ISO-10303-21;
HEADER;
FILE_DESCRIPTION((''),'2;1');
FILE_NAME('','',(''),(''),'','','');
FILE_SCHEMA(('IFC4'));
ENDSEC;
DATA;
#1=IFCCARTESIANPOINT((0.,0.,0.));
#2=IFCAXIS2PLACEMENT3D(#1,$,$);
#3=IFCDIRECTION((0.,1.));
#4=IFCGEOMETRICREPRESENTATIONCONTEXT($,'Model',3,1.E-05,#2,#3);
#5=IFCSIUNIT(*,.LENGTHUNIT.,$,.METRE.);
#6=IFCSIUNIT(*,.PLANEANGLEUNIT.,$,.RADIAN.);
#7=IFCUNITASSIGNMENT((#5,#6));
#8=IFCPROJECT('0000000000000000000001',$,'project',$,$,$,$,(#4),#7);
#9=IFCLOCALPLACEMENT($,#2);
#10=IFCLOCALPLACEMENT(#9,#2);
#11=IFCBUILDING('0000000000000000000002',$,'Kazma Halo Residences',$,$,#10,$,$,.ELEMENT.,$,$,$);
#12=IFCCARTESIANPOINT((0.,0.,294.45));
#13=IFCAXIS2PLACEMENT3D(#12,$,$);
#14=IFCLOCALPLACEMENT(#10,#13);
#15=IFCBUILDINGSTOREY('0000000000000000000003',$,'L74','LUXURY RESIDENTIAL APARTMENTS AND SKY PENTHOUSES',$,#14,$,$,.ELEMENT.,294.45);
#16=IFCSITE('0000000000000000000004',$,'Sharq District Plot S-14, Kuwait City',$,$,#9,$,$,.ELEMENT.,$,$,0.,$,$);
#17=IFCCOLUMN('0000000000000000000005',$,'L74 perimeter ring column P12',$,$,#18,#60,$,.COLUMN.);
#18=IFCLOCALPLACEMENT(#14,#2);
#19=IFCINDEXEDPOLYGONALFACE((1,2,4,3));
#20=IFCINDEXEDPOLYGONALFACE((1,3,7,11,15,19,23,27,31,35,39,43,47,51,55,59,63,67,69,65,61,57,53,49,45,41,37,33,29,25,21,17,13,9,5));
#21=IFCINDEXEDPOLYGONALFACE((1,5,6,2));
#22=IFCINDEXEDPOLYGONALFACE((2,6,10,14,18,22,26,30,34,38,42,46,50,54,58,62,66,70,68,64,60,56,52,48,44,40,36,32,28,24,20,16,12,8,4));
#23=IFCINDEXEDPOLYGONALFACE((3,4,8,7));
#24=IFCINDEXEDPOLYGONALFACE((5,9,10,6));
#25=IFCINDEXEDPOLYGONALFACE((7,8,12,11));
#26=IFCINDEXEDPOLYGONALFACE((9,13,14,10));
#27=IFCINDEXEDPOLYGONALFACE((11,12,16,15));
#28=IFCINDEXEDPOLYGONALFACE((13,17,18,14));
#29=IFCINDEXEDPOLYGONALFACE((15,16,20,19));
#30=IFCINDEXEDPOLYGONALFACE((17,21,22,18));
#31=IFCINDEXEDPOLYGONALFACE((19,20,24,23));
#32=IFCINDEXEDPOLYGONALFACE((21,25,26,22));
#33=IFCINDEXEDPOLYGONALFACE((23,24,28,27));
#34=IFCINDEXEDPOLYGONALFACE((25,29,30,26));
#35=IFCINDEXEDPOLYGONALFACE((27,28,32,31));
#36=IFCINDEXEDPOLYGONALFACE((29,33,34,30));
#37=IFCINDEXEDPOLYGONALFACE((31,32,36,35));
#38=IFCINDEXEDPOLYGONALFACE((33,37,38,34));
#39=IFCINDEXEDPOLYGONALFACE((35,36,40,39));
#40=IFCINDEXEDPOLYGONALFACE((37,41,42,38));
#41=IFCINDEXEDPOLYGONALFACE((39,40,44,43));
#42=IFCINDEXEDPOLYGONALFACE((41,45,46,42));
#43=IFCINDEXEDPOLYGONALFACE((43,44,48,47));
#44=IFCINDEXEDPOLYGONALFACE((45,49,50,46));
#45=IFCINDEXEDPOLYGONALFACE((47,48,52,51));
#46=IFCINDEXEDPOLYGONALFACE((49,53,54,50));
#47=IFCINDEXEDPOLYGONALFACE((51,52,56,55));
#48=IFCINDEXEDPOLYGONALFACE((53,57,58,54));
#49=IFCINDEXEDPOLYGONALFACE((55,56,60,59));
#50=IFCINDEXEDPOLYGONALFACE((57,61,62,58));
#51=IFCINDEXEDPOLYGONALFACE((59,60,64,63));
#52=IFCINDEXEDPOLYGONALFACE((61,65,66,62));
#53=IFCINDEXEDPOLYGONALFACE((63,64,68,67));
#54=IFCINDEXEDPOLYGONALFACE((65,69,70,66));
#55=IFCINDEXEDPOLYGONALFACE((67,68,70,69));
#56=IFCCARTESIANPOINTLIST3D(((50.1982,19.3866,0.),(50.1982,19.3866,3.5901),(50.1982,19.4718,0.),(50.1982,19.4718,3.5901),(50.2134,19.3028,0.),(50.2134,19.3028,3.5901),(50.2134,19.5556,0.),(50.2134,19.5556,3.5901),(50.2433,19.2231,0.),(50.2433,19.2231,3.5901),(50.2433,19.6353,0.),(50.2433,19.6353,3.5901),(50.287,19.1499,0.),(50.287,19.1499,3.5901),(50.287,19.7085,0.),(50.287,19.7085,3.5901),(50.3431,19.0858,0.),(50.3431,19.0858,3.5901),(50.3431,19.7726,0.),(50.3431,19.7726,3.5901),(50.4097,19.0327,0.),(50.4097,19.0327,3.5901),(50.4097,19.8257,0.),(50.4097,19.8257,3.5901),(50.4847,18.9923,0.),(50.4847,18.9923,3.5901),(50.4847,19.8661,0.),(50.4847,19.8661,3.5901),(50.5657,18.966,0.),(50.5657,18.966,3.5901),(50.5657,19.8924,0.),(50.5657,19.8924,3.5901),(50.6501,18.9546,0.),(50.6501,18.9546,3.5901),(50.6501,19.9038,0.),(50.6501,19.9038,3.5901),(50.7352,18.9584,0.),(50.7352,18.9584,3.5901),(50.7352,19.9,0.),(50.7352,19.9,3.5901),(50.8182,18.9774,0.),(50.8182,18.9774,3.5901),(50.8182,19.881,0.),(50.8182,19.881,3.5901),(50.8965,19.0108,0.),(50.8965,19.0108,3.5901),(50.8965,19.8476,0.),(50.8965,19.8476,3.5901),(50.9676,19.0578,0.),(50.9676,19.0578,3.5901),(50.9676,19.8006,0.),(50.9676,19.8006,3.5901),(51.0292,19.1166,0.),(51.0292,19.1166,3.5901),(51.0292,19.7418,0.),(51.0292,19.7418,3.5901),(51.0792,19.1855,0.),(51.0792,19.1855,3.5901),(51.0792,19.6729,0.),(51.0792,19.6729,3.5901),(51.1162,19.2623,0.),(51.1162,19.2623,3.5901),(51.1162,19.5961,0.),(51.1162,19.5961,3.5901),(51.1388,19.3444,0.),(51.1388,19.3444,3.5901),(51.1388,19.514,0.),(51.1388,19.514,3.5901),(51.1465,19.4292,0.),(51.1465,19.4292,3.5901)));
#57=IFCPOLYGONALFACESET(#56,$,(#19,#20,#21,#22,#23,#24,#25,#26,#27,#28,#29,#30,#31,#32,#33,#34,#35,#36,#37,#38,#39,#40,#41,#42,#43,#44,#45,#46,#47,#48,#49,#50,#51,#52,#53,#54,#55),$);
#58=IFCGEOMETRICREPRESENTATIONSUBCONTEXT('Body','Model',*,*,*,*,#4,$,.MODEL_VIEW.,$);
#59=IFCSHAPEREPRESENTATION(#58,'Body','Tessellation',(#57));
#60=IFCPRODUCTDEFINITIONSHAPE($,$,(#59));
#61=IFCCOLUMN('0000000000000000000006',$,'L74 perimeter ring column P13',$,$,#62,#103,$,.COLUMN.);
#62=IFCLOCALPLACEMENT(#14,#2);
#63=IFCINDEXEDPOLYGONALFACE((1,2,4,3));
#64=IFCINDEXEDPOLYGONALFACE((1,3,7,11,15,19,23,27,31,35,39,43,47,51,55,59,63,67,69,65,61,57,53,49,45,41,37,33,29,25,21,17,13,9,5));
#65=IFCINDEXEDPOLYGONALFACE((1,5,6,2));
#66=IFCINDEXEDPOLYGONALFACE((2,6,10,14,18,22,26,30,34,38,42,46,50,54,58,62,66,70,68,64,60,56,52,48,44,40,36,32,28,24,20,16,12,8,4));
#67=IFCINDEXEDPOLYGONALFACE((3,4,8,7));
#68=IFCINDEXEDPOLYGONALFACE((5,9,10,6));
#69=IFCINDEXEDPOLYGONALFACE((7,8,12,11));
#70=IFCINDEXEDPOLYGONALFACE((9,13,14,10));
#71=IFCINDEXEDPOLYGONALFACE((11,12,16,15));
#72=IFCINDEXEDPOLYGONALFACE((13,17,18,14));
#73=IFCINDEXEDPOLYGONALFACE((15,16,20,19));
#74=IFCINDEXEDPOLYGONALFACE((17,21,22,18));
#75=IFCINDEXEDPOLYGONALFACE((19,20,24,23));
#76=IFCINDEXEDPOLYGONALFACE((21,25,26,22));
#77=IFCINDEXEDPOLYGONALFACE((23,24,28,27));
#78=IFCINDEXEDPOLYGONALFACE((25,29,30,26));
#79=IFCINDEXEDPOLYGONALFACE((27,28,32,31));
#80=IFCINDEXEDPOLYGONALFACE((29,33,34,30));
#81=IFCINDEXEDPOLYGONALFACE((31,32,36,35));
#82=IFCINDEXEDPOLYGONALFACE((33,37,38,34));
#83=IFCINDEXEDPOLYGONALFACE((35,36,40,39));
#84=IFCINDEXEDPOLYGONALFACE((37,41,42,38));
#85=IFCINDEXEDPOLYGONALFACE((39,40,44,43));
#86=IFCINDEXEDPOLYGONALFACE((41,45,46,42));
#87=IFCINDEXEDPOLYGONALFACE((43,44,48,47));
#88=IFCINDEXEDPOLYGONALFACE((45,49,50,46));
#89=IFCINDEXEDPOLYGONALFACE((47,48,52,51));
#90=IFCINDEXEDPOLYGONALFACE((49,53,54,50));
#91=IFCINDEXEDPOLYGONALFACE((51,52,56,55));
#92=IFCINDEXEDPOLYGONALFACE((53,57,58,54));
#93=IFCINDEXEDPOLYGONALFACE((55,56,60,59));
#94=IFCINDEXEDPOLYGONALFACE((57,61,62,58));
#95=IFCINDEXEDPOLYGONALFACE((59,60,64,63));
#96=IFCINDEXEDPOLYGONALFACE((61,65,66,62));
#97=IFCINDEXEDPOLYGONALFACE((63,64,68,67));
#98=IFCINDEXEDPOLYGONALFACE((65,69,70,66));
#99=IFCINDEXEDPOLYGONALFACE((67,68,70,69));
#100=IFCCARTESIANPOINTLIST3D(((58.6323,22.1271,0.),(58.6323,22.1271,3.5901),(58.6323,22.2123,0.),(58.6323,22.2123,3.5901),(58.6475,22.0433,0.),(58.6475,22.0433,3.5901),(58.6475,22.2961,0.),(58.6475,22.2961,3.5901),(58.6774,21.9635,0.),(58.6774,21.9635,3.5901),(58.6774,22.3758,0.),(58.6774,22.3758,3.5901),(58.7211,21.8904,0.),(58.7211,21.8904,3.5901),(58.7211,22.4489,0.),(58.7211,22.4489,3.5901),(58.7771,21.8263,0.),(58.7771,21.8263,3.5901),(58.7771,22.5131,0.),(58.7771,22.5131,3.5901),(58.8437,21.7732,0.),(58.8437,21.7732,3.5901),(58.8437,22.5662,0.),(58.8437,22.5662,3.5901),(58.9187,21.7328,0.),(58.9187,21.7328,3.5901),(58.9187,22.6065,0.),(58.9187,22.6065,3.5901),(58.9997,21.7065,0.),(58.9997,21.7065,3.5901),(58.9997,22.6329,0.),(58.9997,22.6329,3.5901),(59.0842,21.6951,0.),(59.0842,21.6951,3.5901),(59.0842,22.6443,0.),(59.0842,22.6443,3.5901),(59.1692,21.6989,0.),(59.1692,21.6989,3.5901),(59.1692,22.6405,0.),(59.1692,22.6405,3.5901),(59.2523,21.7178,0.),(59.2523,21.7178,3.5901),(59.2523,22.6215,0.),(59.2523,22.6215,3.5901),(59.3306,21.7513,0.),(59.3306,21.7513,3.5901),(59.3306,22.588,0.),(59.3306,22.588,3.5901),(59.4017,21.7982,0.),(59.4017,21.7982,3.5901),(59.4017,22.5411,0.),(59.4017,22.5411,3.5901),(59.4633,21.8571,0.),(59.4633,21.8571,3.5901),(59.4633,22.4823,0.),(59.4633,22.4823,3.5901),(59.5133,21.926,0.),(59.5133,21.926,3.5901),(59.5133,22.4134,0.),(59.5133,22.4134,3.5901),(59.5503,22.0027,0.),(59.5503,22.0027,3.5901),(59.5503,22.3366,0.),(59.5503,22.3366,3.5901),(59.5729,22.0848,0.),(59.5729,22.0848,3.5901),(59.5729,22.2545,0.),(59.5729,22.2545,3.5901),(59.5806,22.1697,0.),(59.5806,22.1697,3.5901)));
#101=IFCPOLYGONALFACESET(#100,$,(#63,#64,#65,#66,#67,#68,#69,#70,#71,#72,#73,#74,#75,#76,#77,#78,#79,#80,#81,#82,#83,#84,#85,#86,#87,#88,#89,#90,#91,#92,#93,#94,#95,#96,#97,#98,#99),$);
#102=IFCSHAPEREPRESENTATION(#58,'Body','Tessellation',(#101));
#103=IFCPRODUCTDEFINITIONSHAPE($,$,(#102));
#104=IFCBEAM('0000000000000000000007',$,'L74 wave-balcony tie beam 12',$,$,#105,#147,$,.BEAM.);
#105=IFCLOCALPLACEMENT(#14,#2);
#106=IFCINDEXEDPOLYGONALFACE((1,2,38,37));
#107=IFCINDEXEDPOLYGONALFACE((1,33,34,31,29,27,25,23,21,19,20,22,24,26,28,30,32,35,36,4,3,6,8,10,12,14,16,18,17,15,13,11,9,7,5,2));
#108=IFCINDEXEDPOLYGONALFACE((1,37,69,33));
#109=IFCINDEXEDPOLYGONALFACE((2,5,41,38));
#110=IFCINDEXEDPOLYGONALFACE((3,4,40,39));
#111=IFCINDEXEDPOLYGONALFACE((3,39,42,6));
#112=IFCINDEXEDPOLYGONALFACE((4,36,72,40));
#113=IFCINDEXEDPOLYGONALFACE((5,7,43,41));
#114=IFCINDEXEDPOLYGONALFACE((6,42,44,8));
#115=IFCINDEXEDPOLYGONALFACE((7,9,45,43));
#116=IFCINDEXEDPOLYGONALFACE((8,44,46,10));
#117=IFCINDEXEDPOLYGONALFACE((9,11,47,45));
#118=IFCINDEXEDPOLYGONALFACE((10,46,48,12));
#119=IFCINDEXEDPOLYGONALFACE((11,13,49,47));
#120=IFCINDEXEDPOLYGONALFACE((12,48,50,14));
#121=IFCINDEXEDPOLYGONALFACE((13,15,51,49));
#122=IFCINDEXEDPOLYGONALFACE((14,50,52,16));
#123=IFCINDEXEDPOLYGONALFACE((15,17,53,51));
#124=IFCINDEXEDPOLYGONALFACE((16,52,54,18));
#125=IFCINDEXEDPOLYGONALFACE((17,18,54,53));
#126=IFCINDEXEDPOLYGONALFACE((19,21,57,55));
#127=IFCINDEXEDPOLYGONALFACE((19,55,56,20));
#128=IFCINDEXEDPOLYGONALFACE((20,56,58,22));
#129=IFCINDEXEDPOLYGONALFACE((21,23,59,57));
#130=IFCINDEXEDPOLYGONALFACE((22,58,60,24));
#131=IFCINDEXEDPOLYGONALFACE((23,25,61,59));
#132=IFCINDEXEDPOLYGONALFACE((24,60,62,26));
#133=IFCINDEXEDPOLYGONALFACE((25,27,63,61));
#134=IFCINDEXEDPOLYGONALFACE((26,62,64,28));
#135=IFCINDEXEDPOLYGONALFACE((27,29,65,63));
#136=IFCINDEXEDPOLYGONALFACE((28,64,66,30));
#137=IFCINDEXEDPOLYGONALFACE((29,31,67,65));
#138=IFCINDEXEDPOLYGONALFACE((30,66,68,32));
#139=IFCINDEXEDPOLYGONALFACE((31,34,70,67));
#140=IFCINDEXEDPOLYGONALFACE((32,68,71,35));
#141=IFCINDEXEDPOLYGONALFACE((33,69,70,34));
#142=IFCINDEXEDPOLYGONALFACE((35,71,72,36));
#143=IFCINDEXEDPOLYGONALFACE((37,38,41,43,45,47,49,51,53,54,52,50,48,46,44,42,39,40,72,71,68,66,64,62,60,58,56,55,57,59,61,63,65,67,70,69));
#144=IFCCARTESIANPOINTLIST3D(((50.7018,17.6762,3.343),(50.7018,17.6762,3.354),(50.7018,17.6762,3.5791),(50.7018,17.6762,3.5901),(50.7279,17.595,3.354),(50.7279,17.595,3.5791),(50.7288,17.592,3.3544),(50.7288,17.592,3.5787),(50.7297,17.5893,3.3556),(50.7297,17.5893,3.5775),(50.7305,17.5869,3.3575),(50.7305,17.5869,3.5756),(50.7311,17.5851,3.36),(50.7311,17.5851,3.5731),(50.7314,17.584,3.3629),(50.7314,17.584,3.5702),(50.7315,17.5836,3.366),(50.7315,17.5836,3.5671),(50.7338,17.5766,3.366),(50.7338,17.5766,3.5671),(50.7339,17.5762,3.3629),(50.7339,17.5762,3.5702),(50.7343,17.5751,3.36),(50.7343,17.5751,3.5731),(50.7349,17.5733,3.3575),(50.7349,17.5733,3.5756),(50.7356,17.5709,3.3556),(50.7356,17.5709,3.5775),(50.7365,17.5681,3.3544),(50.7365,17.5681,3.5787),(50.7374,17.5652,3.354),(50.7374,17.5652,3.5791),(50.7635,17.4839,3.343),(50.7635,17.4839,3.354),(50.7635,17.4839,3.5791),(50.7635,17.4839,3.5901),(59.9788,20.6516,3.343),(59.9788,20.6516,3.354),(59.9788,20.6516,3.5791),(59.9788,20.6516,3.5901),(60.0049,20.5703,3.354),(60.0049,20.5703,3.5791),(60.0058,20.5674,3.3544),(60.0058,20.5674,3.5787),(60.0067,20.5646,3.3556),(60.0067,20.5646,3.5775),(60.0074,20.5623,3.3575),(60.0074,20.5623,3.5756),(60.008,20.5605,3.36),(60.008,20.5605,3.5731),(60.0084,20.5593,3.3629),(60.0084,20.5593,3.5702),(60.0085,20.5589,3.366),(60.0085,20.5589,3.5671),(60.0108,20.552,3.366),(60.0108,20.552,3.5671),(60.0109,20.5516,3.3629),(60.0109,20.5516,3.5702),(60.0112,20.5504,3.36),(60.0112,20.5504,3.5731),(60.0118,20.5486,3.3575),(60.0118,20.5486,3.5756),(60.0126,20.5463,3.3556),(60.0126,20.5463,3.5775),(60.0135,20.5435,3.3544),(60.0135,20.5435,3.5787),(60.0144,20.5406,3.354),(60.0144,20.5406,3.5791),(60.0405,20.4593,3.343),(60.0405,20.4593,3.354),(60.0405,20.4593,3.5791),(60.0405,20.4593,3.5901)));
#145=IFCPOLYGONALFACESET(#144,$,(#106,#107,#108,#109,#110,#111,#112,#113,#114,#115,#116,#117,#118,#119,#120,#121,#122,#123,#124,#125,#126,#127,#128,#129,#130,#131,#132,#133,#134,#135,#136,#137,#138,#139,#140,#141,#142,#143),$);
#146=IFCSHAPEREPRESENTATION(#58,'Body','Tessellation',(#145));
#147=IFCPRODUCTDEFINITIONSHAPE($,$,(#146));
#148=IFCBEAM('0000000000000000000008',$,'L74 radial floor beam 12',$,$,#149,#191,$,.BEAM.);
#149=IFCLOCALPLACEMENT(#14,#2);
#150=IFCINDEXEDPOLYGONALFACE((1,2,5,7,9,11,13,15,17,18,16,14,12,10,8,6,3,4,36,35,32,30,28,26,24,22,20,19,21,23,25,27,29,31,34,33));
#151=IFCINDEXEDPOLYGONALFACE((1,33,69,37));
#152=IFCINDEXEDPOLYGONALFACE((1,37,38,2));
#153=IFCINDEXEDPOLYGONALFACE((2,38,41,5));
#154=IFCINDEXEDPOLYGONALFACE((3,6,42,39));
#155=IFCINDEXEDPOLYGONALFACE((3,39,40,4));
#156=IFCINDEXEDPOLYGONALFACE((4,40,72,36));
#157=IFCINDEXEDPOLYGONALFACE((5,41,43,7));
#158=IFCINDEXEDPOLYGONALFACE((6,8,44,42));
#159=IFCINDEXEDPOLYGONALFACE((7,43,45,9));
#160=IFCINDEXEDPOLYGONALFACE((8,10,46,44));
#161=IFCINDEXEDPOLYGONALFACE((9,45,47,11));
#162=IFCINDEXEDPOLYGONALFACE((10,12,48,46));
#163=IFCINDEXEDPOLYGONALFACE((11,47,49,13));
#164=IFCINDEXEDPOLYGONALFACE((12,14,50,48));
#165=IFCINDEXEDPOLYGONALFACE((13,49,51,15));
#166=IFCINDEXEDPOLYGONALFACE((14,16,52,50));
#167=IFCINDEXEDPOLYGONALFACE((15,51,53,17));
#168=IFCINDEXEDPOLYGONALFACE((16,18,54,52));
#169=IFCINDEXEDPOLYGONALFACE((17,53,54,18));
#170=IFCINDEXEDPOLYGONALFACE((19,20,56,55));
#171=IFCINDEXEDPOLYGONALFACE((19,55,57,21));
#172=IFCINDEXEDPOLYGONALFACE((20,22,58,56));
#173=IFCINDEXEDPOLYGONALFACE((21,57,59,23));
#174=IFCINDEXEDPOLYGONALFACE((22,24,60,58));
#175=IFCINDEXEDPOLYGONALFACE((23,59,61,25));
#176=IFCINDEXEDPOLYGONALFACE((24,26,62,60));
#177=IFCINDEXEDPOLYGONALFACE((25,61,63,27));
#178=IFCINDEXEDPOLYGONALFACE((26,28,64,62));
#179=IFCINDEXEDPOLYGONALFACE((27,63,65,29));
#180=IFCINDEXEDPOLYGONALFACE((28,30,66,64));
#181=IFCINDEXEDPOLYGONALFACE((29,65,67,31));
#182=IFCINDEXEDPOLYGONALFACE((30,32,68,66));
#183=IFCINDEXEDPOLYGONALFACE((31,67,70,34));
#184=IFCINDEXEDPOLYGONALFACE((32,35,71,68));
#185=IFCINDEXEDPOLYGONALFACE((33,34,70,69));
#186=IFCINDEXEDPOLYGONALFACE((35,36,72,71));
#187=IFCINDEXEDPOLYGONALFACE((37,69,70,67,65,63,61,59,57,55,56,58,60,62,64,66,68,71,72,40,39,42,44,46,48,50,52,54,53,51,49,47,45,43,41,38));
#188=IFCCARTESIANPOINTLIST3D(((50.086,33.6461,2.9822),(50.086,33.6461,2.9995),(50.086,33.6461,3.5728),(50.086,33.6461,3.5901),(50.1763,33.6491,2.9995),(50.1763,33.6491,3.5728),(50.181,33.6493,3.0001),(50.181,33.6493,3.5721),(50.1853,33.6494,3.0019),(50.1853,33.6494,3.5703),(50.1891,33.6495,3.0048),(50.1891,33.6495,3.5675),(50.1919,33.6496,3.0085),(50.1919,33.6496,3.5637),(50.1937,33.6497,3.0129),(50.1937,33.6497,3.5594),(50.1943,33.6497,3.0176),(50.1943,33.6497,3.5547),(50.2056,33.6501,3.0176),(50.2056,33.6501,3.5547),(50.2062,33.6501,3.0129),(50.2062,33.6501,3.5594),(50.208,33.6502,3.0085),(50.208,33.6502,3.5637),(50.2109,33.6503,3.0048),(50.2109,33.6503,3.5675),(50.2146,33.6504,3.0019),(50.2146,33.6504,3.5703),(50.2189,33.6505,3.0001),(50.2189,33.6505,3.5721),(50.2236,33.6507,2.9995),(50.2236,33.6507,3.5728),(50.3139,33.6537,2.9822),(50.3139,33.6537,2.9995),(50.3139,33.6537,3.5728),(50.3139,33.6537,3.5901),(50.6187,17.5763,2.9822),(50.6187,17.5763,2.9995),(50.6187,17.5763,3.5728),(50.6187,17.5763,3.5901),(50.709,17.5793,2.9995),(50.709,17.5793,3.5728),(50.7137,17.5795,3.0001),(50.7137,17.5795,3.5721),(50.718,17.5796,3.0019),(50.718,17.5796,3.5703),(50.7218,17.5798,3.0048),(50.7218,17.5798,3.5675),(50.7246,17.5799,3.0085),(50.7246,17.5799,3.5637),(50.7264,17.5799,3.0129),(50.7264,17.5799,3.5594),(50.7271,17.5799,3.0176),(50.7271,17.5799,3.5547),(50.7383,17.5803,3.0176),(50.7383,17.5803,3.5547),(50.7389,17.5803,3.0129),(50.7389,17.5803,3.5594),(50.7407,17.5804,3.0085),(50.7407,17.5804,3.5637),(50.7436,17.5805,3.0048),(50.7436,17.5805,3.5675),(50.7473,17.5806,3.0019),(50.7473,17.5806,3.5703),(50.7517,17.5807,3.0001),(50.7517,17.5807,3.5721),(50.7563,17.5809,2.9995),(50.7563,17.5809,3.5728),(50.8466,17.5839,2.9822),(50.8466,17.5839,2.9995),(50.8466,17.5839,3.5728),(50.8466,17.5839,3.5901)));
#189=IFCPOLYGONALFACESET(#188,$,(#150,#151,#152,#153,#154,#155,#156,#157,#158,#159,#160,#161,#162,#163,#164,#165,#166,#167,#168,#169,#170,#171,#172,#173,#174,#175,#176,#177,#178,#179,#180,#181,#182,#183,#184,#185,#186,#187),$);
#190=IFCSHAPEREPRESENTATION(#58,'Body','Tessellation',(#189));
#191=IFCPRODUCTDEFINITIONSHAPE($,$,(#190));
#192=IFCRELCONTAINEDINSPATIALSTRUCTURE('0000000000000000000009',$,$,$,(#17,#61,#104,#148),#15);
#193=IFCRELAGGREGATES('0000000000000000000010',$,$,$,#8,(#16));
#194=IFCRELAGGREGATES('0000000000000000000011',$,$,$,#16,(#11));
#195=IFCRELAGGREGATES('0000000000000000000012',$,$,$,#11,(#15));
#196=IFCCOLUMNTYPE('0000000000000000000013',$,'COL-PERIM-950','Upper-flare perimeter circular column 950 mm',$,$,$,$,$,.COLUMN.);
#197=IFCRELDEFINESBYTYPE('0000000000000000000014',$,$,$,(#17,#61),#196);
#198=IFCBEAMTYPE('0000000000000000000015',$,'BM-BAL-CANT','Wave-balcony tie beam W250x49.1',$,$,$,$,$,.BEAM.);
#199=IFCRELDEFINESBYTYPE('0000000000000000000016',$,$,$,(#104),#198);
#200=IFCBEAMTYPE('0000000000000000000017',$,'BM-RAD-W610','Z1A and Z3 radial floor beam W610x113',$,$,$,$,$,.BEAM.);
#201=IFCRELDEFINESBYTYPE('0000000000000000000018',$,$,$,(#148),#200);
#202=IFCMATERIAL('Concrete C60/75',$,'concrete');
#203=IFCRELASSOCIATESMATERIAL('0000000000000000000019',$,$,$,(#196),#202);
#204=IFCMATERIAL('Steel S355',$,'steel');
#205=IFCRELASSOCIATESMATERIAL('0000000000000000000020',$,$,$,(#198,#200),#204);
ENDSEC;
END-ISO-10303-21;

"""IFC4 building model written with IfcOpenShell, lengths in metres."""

from ifc_helpers import new_model, si_unit, direction, frame, origin, origin_2d, place, context, subcontext, project, spatial, circle, i_section, extrude, material, material_profile, profile_set, type_object, element, save


model = new_model("IFC4")

# Units and contexts
model_context = context("Model", 3, precision=1e-05, world=origin(), true_north=direction((0.0, 1.0)))
body_context = subcontext(model_context, "Body", "Model", "MODEL_VIEW")
ifc_project = project(units=[si_unit("LENGTHUNIT", "METRE"), si_unit("PLANEANGLEUNIT", "RADIAN")], contexts=[model_context])

# Site, building, storey
site_placement = place(None, origin())
site = spatial("IfcSite", under=ifc_project, at=site_placement, Name="Sharq District Plot S-14, Kuwait City", CompositionType="ELEMENT", RefElevation=0.0)
building_placement = place(site_placement, origin())
building = spatial("IfcBuilding", under=site, at=building_placement, Name="Kazma Halo Residences", CompositionType="ELEMENT")
storey_placement = place(building_placement, frame((0.0, 0.0, 294.45)))
storey = spatial("IfcBuildingStorey", under=building, at=storey_placement, Name="L74", Description="LUXURY RESIDENTIAL APARTMENTS AND SKY PENTHOUSES", CompositionType="ELEMENT", Elevation=294.45)

# Columns
ifc_material_1 = material(Name="Concrete C60/75", Category="concrete")
ifc_material_profile_1 = material_profile(ifc_material_1, circle(Radius=0.4751, at=origin_2d()), Name="CIRC950")
ifc_profile_set_1 = profile_set([ifc_material_profile_1], Name="Concrete C60/75")
column_type = type_object("IfcColumnType", Name="COL-PERIM-950", Description="Upper-flare perimeter circular column 950 mm", PredefinedType="COLUMN", material=ifc_profile_set_1)
for number, where, z_axis, x_axis, name in (
    (1, (50.6714, 19.4292, 0.0), (0.0, 0.0, 1.0), (1.0, 0.0, 0.0), "L74 perimeter ring column P12"),
    (2, (59.1055, 22.1697, 0.0), (0.0, 0.0, 1.0), (1.0, 0.0, 0.0), "L74 perimeter ring column P13"),
):
    element("IfcColumn", number, at=place(storey_placement, frame(where, z_axis=z_axis, x_axis=x_axis)), inside=storey, type_object=column_type, Name=name, PredefinedType="COLUMN", context=body_context, shape_type="SweptSolid", body=[
        extrude(circle(Radius=0.4751, at=origin_2d()), origin(), (0.0, 0.0, 1.0), 3.5901),
    ])

# Beams
ifc_material_2 = material(Name="Steel S355", Category="steel")
ifc_material_profile_2 = material_profile(ifc_material_2, i_section(OverallWidth=0.2019, OverallDepth=0.2471, WebThickness=0.0073, FlangeThickness=0.011, FilletRadius=0.012, at=origin_2d()), Name="W250x49.1")
ifc_profile_set_2 = profile_set([ifc_material_profile_2], Name="Steel S355")
beam_type_1 = type_object("IfcBeamType", Name="BM-BAL-CANT", Description="Wave-balcony tie beam W250x49.1", PredefinedType="BEAM", material=ifc_profile_set_2)
beam_1_placement = place(storey_placement, frame((50.7327, 17.5801, 3.4666), z_axis=(0.952223, 0.305404, 0.0), x_axis=(-0.305404, 0.952223, 0.0)))
element("IfcBeam", 3, at=beam_1_placement, inside=storey, type_object=beam_type_1, Name="L74 wave-balcony tie beam 12", PredefinedType="BEAM", context=body_context, shape_type="SweptSolid", body=[
    extrude(i_section(OverallWidth=0.2019, OverallDepth=0.2471, WebThickness=0.0073, FlangeThickness=0.011, FilletRadius=0.012, at=origin_2d()), origin(), (0.0, 0.0, 1.0), 9.7424),
])
ifc_material_profile_3 = material_profile(ifc_material_2, i_section(OverallWidth=0.228, OverallDepth=0.6079, WebThickness=0.0112, FlangeThickness=0.0173, FilletRadius=0.0181, at=origin_2d()), Name="W610x113")
ifc_profile_set_3 = profile_set([ifc_material_profile_3], Name="Steel S355")
beam_type_2 = type_object("IfcBeamType", Name="BM-RAD-W610", Description="Z1A and Z3 radial floor beam W610x113", PredefinedType="BEAM", material=ifc_profile_set_3)
beam_2_placement = place(storey_placement, frame((50.2, 33.6499, 3.2861), z_axis=(0.033132, -0.999451, 0.0), x_axis=(0.999451, 0.033132, 0.0)))
element("IfcBeam", 4, at=beam_2_placement, inside=storey, type_object=beam_type_2, Name="L74 radial floor beam 12", PredefinedType="BEAM", context=body_context, shape_type="SweptSolid", body=[
    extrude(i_section(OverallWidth=0.228, OverallDepth=0.6079, WebThickness=0.0112, FlangeThickness=0.0173, FilletRadius=0.0181, at=origin_2d()), origin(), (0.0, 0.0, 1.0), 16.0786),
])

save(model, "model.ifc")
